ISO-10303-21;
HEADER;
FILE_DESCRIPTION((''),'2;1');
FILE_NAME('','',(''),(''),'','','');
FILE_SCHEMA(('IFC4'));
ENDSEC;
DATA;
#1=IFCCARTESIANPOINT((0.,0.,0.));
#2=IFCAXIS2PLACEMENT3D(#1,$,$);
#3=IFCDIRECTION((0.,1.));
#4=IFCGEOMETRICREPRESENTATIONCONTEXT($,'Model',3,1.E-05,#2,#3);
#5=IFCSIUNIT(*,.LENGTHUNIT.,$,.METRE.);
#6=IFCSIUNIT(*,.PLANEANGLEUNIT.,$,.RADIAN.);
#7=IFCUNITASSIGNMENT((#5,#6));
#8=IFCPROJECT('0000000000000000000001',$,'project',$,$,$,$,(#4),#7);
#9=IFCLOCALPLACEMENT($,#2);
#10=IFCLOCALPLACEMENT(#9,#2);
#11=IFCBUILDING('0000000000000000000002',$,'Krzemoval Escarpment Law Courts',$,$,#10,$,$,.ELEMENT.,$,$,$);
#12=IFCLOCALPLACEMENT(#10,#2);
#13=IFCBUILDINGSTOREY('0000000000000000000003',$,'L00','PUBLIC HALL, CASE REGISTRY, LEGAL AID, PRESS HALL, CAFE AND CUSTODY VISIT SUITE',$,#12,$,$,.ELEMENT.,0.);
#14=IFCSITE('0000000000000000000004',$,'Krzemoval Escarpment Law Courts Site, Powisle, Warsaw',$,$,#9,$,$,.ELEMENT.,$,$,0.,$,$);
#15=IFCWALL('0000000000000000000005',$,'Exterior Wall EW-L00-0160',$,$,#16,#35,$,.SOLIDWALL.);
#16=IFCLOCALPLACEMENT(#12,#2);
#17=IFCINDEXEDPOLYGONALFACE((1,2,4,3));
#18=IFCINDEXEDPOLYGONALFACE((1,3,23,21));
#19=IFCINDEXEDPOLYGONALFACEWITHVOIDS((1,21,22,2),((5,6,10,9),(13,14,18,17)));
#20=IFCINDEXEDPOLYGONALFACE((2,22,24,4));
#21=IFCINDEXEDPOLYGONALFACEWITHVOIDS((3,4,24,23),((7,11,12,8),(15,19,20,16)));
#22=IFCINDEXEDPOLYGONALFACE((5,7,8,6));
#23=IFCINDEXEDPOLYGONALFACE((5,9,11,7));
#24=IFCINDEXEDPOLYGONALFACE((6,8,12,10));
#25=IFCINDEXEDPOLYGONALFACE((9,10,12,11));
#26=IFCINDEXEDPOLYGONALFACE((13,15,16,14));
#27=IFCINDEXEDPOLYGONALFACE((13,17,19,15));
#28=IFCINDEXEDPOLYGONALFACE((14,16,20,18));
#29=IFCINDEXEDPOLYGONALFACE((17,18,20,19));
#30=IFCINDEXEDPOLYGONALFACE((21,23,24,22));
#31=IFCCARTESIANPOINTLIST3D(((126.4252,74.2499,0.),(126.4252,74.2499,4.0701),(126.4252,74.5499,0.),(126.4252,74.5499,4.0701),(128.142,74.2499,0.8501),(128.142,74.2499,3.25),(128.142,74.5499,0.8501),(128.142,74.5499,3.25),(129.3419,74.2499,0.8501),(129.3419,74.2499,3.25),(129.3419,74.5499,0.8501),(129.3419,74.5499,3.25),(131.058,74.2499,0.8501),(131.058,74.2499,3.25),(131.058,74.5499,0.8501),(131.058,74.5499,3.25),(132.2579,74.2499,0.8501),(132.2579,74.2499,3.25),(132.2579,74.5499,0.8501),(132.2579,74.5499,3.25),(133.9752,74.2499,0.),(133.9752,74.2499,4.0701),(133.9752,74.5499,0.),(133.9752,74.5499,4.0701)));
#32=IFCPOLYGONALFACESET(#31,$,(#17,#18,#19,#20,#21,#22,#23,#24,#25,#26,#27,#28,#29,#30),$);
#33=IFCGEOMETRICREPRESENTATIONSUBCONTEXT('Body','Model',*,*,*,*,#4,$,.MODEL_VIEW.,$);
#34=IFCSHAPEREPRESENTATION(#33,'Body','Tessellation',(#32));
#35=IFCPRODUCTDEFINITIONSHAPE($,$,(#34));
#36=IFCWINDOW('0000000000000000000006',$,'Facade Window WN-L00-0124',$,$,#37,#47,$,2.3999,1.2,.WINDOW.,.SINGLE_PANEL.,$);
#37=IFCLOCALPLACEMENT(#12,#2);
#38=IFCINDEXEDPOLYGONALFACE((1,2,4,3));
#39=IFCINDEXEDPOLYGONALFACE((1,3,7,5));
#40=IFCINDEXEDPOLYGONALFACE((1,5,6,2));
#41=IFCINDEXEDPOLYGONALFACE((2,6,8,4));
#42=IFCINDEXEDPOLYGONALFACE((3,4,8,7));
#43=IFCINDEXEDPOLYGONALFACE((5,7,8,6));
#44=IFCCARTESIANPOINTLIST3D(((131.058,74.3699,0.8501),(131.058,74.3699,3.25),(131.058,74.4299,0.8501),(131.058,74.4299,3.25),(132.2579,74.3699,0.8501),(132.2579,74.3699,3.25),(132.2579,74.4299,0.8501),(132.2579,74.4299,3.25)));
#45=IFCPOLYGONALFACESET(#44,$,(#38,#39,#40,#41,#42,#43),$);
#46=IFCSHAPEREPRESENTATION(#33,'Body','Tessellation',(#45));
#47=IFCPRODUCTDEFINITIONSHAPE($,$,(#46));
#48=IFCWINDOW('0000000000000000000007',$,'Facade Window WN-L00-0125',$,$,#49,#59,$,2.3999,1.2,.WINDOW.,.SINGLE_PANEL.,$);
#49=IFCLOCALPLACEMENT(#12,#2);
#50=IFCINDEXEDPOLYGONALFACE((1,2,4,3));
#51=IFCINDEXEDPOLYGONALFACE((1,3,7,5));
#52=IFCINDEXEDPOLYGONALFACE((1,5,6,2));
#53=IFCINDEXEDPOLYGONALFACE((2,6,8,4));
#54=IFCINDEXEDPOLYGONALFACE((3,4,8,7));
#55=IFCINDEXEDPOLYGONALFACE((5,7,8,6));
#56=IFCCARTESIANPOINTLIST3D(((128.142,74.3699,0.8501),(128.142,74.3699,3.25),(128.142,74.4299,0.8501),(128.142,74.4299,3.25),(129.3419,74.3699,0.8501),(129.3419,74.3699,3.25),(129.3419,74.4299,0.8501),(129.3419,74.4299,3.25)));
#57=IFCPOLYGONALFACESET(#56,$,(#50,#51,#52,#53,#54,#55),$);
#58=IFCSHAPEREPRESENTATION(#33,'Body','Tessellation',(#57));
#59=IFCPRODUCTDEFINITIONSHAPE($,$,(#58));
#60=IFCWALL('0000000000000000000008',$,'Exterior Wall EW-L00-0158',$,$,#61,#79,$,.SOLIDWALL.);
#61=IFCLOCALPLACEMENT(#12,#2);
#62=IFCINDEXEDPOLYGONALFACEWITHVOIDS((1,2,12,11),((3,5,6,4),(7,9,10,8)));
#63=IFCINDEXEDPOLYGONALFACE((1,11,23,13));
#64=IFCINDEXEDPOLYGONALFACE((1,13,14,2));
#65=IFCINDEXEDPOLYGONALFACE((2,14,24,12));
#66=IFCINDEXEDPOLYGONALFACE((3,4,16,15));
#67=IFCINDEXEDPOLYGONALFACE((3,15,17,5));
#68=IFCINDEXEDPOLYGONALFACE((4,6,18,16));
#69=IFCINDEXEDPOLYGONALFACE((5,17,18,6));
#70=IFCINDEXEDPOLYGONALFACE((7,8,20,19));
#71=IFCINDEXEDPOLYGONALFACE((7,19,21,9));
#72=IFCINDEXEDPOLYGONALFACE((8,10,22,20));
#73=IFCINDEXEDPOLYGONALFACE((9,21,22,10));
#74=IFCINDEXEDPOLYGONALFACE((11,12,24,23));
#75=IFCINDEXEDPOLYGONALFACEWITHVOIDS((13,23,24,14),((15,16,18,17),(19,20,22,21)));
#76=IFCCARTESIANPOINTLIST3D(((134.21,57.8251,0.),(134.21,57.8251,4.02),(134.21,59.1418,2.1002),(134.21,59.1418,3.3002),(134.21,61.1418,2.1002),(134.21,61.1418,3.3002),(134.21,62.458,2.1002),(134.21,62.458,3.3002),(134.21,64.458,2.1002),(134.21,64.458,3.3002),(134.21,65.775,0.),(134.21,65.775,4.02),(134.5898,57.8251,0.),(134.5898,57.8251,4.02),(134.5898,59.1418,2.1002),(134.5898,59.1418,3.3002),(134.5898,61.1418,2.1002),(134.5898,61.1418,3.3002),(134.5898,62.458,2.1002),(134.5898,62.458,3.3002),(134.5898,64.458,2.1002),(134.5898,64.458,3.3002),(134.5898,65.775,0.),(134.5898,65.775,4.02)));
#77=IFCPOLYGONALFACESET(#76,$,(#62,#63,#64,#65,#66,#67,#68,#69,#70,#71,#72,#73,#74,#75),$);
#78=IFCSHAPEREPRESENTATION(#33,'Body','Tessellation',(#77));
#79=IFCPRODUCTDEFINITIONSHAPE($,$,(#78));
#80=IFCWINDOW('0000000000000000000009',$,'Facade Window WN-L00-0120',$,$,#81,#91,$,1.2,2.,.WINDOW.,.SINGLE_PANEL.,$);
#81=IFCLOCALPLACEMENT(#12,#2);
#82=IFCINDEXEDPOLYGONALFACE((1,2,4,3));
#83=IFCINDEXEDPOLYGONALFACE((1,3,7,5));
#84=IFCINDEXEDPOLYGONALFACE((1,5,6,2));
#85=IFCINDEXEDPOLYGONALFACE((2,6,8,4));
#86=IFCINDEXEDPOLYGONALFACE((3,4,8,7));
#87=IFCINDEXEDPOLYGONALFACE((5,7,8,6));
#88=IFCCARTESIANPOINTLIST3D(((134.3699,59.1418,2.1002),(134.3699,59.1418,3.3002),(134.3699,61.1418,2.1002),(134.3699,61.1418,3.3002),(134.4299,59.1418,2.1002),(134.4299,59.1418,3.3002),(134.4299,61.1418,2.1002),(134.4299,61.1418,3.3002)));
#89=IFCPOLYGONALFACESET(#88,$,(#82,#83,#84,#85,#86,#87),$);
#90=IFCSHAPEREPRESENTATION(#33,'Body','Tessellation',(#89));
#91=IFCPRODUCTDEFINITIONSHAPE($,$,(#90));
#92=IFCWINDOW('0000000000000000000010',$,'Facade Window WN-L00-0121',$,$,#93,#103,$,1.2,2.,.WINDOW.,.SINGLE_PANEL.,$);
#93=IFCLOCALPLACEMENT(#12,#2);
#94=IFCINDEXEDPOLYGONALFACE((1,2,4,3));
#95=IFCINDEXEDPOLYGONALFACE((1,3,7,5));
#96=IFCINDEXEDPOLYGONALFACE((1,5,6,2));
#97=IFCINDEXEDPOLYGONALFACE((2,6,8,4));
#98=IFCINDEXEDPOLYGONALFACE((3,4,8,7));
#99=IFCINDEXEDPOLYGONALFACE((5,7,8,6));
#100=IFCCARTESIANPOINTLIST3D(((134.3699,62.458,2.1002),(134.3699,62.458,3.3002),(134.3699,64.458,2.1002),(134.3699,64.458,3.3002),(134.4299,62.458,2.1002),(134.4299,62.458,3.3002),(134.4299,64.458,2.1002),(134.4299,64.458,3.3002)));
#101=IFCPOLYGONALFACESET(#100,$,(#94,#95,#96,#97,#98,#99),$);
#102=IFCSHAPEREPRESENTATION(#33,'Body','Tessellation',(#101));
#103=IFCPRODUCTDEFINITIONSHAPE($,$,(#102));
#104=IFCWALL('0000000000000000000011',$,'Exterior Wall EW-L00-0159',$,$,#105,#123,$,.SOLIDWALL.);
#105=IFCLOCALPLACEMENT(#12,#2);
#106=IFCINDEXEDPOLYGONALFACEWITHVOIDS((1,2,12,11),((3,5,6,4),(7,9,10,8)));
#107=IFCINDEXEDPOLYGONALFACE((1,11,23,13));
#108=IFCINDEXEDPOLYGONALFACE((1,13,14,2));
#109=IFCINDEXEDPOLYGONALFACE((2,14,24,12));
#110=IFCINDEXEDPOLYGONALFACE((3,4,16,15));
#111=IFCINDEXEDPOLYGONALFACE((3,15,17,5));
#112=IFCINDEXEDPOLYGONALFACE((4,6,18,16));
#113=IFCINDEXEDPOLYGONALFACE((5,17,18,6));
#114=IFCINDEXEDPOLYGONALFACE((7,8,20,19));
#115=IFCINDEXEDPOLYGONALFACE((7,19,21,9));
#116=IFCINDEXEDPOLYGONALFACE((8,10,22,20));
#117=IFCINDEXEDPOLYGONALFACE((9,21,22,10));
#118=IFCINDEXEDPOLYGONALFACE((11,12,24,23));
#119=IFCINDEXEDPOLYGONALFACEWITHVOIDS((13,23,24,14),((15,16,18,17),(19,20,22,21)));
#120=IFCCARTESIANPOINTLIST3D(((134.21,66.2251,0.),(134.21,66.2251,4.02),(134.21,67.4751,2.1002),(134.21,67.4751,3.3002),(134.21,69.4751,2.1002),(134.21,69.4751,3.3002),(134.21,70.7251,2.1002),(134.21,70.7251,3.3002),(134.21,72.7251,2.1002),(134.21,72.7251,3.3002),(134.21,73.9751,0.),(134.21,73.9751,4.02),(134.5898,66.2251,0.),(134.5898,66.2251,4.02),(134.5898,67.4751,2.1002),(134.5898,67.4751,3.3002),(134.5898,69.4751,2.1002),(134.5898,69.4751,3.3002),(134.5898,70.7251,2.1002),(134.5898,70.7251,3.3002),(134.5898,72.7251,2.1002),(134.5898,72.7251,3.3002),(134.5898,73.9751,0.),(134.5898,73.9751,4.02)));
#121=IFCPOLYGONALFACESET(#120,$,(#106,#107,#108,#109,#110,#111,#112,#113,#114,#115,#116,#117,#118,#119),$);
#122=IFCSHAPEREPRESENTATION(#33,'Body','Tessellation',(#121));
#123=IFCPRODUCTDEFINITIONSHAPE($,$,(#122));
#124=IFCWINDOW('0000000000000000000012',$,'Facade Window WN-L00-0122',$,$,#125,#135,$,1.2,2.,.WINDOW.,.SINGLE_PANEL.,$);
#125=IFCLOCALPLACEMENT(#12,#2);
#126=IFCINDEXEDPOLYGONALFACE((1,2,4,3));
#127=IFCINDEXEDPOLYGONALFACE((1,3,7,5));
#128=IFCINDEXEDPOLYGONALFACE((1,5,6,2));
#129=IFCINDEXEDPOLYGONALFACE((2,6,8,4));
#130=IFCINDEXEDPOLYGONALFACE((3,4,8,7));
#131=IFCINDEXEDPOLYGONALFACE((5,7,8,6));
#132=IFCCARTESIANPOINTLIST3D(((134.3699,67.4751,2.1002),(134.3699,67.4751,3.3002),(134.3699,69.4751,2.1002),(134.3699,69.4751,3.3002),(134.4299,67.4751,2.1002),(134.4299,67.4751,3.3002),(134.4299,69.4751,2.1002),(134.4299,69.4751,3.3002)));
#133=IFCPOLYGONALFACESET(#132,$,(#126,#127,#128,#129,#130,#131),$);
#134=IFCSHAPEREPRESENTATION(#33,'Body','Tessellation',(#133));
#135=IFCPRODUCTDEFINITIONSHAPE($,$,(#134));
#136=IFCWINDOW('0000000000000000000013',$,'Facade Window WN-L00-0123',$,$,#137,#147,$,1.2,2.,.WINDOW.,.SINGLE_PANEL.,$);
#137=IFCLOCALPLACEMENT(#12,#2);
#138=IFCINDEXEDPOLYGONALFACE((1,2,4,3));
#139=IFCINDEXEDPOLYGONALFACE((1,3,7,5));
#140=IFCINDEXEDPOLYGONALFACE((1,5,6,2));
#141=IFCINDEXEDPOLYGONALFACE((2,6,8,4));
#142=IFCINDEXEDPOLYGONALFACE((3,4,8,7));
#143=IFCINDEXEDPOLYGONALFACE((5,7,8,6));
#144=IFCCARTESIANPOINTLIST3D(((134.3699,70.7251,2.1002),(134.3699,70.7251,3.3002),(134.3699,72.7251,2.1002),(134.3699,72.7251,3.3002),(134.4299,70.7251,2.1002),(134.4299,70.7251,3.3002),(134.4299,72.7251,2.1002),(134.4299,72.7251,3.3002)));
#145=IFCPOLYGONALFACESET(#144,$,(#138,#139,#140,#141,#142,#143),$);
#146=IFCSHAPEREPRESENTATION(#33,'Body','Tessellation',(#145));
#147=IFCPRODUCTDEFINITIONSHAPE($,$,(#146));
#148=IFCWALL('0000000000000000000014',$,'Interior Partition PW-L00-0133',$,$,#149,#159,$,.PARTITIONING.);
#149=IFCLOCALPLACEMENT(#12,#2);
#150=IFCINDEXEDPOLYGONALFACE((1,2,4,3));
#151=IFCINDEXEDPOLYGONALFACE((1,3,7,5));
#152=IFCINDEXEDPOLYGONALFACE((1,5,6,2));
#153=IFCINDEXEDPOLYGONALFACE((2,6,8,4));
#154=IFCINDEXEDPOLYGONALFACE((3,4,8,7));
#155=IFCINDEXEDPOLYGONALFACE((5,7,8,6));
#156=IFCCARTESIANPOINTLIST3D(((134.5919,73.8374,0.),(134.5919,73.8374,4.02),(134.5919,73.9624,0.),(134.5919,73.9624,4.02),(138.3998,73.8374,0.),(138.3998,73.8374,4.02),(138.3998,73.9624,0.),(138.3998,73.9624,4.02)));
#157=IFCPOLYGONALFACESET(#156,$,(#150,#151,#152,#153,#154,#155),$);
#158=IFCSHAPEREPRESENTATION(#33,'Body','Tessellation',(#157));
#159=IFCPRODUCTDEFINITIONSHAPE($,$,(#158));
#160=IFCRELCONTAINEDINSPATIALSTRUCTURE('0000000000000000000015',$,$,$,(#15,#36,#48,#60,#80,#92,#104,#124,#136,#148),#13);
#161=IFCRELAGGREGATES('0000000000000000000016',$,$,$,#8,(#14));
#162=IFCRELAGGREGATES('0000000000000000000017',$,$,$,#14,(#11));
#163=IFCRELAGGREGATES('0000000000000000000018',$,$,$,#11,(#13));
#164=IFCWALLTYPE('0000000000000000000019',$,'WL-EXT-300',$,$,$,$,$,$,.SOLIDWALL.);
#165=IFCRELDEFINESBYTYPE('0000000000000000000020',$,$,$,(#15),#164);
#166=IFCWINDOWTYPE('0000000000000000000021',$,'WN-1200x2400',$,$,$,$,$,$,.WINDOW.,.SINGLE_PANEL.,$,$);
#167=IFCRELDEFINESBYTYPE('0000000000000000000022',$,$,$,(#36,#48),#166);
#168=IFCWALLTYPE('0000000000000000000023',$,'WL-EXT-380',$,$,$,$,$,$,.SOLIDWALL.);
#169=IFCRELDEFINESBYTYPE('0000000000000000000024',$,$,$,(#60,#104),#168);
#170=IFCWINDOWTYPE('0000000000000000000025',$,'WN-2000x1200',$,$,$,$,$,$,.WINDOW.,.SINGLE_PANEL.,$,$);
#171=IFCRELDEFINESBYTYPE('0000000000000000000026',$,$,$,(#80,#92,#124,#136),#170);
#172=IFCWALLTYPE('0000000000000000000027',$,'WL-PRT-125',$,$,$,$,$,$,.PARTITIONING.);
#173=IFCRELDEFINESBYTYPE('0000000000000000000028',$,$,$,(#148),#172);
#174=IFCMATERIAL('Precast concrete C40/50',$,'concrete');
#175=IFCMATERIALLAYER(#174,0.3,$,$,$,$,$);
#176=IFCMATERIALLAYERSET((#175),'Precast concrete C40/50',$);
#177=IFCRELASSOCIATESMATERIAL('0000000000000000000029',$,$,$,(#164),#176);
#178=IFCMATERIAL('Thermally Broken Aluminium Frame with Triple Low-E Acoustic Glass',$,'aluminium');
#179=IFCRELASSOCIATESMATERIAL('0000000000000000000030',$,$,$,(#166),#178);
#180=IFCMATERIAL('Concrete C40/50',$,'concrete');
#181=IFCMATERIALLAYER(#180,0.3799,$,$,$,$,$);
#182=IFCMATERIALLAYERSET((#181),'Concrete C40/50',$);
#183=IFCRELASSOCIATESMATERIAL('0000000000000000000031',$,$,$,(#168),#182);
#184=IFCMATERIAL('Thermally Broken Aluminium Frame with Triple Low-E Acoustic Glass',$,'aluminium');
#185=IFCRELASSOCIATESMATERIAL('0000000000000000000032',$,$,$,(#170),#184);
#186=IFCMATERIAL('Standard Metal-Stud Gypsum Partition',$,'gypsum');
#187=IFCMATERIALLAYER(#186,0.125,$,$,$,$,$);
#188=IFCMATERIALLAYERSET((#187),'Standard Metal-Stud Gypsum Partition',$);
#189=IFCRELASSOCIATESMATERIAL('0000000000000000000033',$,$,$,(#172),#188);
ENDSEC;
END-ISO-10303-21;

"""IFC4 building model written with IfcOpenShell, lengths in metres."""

from ifc_helpers import new_model, si_unit, direction, frame, frame_2d, origin, place, context, subcontext, project, spatial, rectangle, extrude, material, layer, layer_set, type_object, element, fill, save


model = new_model("IFC4")

# Units and contexts
model_context = context("Model", 3, precision=1e-05, world=origin(), true_north=direction((0.0, 1.0)))
body_context = subcontext(model_context, "Body", "Model", "MODEL_VIEW")
ifc_project = project(units=[si_unit("LENGTHUNIT", "METRE"), si_unit("PLANEANGLEUNIT", "RADIAN")], contexts=[model_context])

# Site, building, storey
site_placement = place(None, origin())
site = spatial("IfcSite", under=ifc_project, at=site_placement, Name="Krzemoval Escarpment Law Courts Site, Powisle, Warsaw", CompositionType="ELEMENT", RefElevation=0.0)
building_placement = place(site_placement, origin())
building = spatial("IfcBuilding", under=site, at=building_placement, Name="Krzemoval Escarpment Law Courts", CompositionType="ELEMENT")
storey_placement = place(building_placement, origin())
storey = spatial("IfcBuildingStorey", under=building, at=storey_placement, Name="L00", Description="PUBLIC HALL, CASE REGISTRY, LEGAL AID, PRESS HALL, CAFE AND CUSTODY VISIT SUITE", CompositionType="ELEMENT", Elevation=0.0)

# Walls, openings, windows
ifc_material_1 = material(Name="Precast concrete C40/50", Category="concrete")
ifc_layer_1 = layer(ifc_material_1, 0.3)
ifc_layer_set_1 = layer_set([ifc_layer_1], Name="Precast concrete C40/50")
wall_type_1 = type_object("IfcWallType", Name="WL-EXT-300", PredefinedType="SOLIDWALL", material=ifc_layer_set_1)
wall_1_placement = place(storey_placement, frame((133.9751, 74.3999, 0.0), z_axis=(0.0, 0.0, 1.0), x_axis=(-1.0, 0.0, 0.0)))
wall_1 = element("IfcWall", 1, at=wall_1_placement, inside=storey, type_object=wall_type_1, Name="Exterior Wall EW-L00-0160", PredefinedType="SOLIDWALL", context=body_context, shape_type="SweptSolid", body=[
    extrude(rectangle(XDim=7.55, YDim=0.3, at=frame_2d((3.7749, 0.0))), origin(), (0.0, 0.0, 1.0), 4.0701),
])
opening_1_placement = place(wall_1_placement, frame((1.717, 0.0, 0.8501)))
opening_1 = element("IfcOpeningElement", 2, at=opening_1_placement, cuts=wall_1, PredefinedType="OPENING", context=body_context, shape_type="SweptSolid", body=[
    extrude(rectangle(XDim=1.2, YDim=2.3999, at=frame_2d((0.6001, 1.2))), frame((0.0, 0.165, 0.0), z_axis=(0.0, -1.0, 0.0), x_axis=(1.0, 0.0, 0.0)), (0.0, 0.0, 1.0), 0.3301),
])
opening_2_placement = place(wall_1_placement, frame((4.6331, 0.0, 0.8501)))
opening_2 = element("IfcOpeningElement", 3, at=opening_2_placement, cuts=wall_1, PredefinedType="OPENING", context=body_context, shape_type="SweptSolid", body=[
    extrude(rectangle(XDim=1.2, YDim=2.3999, at=frame_2d((0.6001, 1.2))), frame((0.0, 0.165, 0.0), z_axis=(0.0, -1.0, 0.0), x_axis=(1.0, 0.0, 0.0)), (0.0, 0.0, 1.0), 0.3301),
])
ifc_material_2 = material(Name="Thermally Broken Aluminium Frame with Triple Low-E Acoustic Glass", Category="aluminium")
window_type_1 = type_object("IfcWindowType", Name="WN-1200x2400", PartitioningType="SINGLE_PANEL", PredefinedType="WINDOW", material=ifc_material_2)
window_1_placement = place(opening_1_placement, origin())
window_1 = element("IfcWindow", 4, at=window_1_placement, inside=storey, type_object=window_type_1, Name="Facade Window WN-L00-0124", OverallHeight=2.3999, OverallWidth=1.2, PartitioningType="SINGLE_PANEL", PredefinedType="WINDOW", context=body_context, shape_type="SweptSolid", body=[
    extrude(rectangle(XDim=1.2, YDim=2.3999, at=frame_2d((0.6001, 1.2))), frame((0.0, 0.03, 0.0), z_axis=(0.0, -1.0, 0.0), x_axis=(1.0, 0.0, 0.0)), (0.0, 0.0, 1.0), 0.0601),
])
fill(opening_1, window_1)
window_2_placement = place(opening_2_placement, origin())
window_2 = element("IfcWindow", 5, at=window_2_placement, inside=storey, type_object=window_type_1, Name="Facade Window WN-L00-0125", OverallHeight=2.3999, OverallWidth=1.2, PartitioningType="SINGLE_PANEL", PredefinedType="WINDOW", context=body_context, shape_type="SweptSolid", body=[
    extrude(rectangle(XDim=1.2, YDim=2.3999, at=frame_2d((0.6001, 1.2))), frame((0.0, 0.03, 0.0), z_axis=(0.0, -1.0, 0.0), x_axis=(1.0, 0.0, 0.0)), (0.0, 0.0, 1.0), 0.0601),
])
fill(opening_2, window_2)
ifc_material_3 = material(Name="Concrete C40/50", Category="concrete")
ifc_layer_2 = layer(ifc_material_3, 0.3799)
ifc_layer_set_2 = layer_set([ifc_layer_2], Name="Concrete C40/50")
wall_type_2 = type_object("IfcWallType", Name="WL-EXT-380", PredefinedType="SOLIDWALL", material=ifc_layer_set_2)
wall_2_placement = place(storey_placement, frame((134.3999, 57.825, 0.0), z_axis=(0.0, 0.0, 1.0), x_axis=(0.0, 1.0, 0.0)))
wall_2 = element("IfcWall", 6, at=wall_2_placement, inside=storey, type_object=wall_type_2, Name="Exterior Wall EW-L00-0158", PredefinedType="SOLIDWALL", context=body_context, shape_type="SweptSolid", body=[
    extrude(rectangle(XDim=7.95, YDim=0.3799, at=frame_2d((3.9751, 0.0))), origin(), (0.0, 0.0, 1.0), 4.02),
])
opening_3_placement = place(wall_2_placement, frame((1.3169, 0.0, 2.1001)))
opening_3 = element("IfcOpeningElement", 7, at=opening_3_placement, cuts=wall_2, PredefinedType="OPENING", context=body_context, shape_type="SweptSolid", body=[
    extrude(rectangle(XDim=2.0, YDim=1.2, at=frame_2d((1.0, 0.6001))), frame((0.0, 0.2049, 0.0), z_axis=(0.0, -1.0, 0.0), x_axis=(1.0, 0.0, 0.0)), (0.0, 0.0, 1.0), 0.4099),
])
opening_4_placement = place(wall_2_placement, frame((4.6331, 0.0, 2.1001)))
opening_4 = element("IfcOpeningElement", 8, at=opening_4_placement, cuts=wall_2, PredefinedType="OPENING", context=body_context, shape_type="SweptSolid", body=[
    extrude(rectangle(XDim=2.0, YDim=1.2, at=frame_2d((1.0, 0.6001))), frame((0.0, 0.2049, 0.0), z_axis=(0.0, -1.0, 0.0), x_axis=(1.0, 0.0, 0.0)), (0.0, 0.0, 1.0), 0.4099),
])
ifc_material_4 = material(Name="Thermally Broken Aluminium Frame with Triple Low-E Acoustic Glass", Category="aluminium")
window_type_2 = type_object("IfcWindowType", Name="WN-2000x1200", PartitioningType="SINGLE_PANEL", PredefinedType="WINDOW", material=ifc_material_4)
window_3_placement = place(opening_3_placement, origin())
window_3 = element("IfcWindow", 9, at=window_3_placement, inside=storey, type_object=window_type_2, Name="Facade Window WN-L00-0120", OverallHeight=1.2, OverallWidth=2.0, PartitioningType="SINGLE_PANEL", PredefinedType="WINDOW", context=body_context, shape_type="SweptSolid", body=[
    extrude(rectangle(XDim=2.0, YDim=1.2, at=frame_2d((1.0, 0.6001))), frame((0.0, 0.03, 0.0), z_axis=(0.0, -1.0, 0.0), x_axis=(1.0, 0.0, 0.0)), (0.0, 0.0, 1.0), 0.0601),
])
fill(opening_3, window_3)
window_4_placement = place(opening_4_placement, origin())
window_4 = element("IfcWindow", 10, at=window_4_placement, inside=storey, type_object=window_type_2, Name="Facade Window WN-L00-0121", OverallHeight=1.2, OverallWidth=2.0, PartitioningType="SINGLE_PANEL", PredefinedType="WINDOW", context=body_context, shape_type="SweptSolid", body=[
    extrude(rectangle(XDim=2.0, YDim=1.2, at=frame_2d((1.0, 0.6001))), frame((0.0, 0.03, 0.0), z_axis=(0.0, -1.0, 0.0), x_axis=(1.0, 0.0, 0.0)), (0.0, 0.0, 1.0), 0.0601),
])
fill(opening_4, window_4)
wall_3_placement = place(storey_placement, frame((134.3999, 66.2251, 0.0), z_axis=(0.0, 0.0, 1.0), x_axis=(0.0, 1.0, 0.0)))
wall_3 = element("IfcWall", 11, at=wall_3_placement, inside=storey, type_object=wall_type_2, Name="Exterior Wall EW-L00-0159", PredefinedType="SOLIDWALL", context=body_context, shape_type="SweptSolid", body=[
    extrude(rectangle(XDim=7.75, YDim=0.3799, at=frame_2d((3.875, 0.0))), origin(), (0.0, 0.0, 1.0), 4.02),
])
opening_5_placement = place(wall_3_placement, frame((1.25, 0.0, 2.1001)))
opening_5 = element("IfcOpeningElement", 12, at=opening_5_placement, cuts=wall_3, PredefinedType="OPENING", context=body_context, shape_type="SweptSolid", body=[
    extrude(rectangle(XDim=2.0, YDim=1.2, at=frame_2d((1.0, 0.6001))), frame((0.0, 0.2049, 0.0), z_axis=(0.0, -1.0, 0.0), x_axis=(1.0, 0.0, 0.0)), (0.0, 0.0, 1.0), 0.4099),
])
opening_6_placement = place(wall_3_placement, frame((4.5, 0.0, 2.1001)))
opening_6 = element("IfcOpeningElement", 13, at=opening_6_placement, cuts=wall_3, PredefinedType="OPENING", context=body_context, shape_type="SweptSolid", body=[
    extrude(rectangle(XDim=2.0, YDim=1.2, at=frame_2d((1.0, 0.6001))), frame((0.0, 0.2049, 0.0), z_axis=(0.0, -1.0, 0.0), x_axis=(1.0, 0.0, 0.0)), (0.0, 0.0, 1.0), 0.4099),
])
window_5_placement = place(opening_5_placement, origin())
window_5 = element("IfcWindow", 14, at=window_5_placement, inside=storey, type_object=window_type_2, Name="Facade Window WN-L00-0122", OverallHeight=1.2, OverallWidth=2.0, PartitioningType="SINGLE_PANEL", PredefinedType="WINDOW", context=body_context, shape_type="SweptSolid", body=[
    extrude(rectangle(XDim=2.0, YDim=1.2, at=frame_2d((1.0, 0.6001))), frame((0.0, 0.03, 0.0), z_axis=(0.0, -1.0, 0.0), x_axis=(1.0, 0.0, 0.0)), (0.0, 0.0, 1.0), 0.0601),
])
fill(opening_5, window_5)
window_6_placement = place(opening_6_placement, origin())
window_6 = element("IfcWindow", 15, at=window_6_placement, inside=storey, type_object=window_type_2, Name="Facade Window WN-L00-0123", OverallHeight=1.2, OverallWidth=2.0, PartitioningType="SINGLE_PANEL", PredefinedType="WINDOW", context=body_context, shape_type="SweptSolid", body=[
    extrude(rectangle(XDim=2.0, YDim=1.2, at=frame_2d((1.0, 0.6001))), frame((0.0, 0.03, 0.0), z_axis=(0.0, -1.0, 0.0), x_axis=(1.0, 0.0, 0.0)), (0.0, 0.0, 1.0), 0.0601),
])
fill(opening_6, window_6)

# Wall
ifc_material_5 = material(Name="Standard Metal-Stud Gypsum Partition", Category="gypsum")
ifc_layer_3 = layer(ifc_material_5, 0.125)
ifc_layer_set_3 = layer_set([ifc_layer_3], Name="Standard Metal-Stud Gypsum Partition")
wall_type_3 = type_object("IfcWallType", Name="WL-PRT-125", PredefinedType="PARTITIONING", material=ifc_layer_set_3)
wall_4_placement = place(storey_placement, frame((134.592, 73.8999, 0.0), z_axis=(0.0, 0.0, 1.0), x_axis=(1.0, 0.0, 0.0)))
element("IfcWall", 16, at=wall_4_placement, inside=storey, type_object=wall_type_3, Name="Interior Partition PW-L00-0133", PredefinedType="PARTITIONING", context=body_context, shape_type="SweptSolid", body=[
    extrude(rectangle(XDim=3.8079, YDim=0.125, at=frame_2d((1.9038, 0.0))), origin(), (0.0, 0.0, 1.0), 4.02),
])

save(model, "model.ifc")
